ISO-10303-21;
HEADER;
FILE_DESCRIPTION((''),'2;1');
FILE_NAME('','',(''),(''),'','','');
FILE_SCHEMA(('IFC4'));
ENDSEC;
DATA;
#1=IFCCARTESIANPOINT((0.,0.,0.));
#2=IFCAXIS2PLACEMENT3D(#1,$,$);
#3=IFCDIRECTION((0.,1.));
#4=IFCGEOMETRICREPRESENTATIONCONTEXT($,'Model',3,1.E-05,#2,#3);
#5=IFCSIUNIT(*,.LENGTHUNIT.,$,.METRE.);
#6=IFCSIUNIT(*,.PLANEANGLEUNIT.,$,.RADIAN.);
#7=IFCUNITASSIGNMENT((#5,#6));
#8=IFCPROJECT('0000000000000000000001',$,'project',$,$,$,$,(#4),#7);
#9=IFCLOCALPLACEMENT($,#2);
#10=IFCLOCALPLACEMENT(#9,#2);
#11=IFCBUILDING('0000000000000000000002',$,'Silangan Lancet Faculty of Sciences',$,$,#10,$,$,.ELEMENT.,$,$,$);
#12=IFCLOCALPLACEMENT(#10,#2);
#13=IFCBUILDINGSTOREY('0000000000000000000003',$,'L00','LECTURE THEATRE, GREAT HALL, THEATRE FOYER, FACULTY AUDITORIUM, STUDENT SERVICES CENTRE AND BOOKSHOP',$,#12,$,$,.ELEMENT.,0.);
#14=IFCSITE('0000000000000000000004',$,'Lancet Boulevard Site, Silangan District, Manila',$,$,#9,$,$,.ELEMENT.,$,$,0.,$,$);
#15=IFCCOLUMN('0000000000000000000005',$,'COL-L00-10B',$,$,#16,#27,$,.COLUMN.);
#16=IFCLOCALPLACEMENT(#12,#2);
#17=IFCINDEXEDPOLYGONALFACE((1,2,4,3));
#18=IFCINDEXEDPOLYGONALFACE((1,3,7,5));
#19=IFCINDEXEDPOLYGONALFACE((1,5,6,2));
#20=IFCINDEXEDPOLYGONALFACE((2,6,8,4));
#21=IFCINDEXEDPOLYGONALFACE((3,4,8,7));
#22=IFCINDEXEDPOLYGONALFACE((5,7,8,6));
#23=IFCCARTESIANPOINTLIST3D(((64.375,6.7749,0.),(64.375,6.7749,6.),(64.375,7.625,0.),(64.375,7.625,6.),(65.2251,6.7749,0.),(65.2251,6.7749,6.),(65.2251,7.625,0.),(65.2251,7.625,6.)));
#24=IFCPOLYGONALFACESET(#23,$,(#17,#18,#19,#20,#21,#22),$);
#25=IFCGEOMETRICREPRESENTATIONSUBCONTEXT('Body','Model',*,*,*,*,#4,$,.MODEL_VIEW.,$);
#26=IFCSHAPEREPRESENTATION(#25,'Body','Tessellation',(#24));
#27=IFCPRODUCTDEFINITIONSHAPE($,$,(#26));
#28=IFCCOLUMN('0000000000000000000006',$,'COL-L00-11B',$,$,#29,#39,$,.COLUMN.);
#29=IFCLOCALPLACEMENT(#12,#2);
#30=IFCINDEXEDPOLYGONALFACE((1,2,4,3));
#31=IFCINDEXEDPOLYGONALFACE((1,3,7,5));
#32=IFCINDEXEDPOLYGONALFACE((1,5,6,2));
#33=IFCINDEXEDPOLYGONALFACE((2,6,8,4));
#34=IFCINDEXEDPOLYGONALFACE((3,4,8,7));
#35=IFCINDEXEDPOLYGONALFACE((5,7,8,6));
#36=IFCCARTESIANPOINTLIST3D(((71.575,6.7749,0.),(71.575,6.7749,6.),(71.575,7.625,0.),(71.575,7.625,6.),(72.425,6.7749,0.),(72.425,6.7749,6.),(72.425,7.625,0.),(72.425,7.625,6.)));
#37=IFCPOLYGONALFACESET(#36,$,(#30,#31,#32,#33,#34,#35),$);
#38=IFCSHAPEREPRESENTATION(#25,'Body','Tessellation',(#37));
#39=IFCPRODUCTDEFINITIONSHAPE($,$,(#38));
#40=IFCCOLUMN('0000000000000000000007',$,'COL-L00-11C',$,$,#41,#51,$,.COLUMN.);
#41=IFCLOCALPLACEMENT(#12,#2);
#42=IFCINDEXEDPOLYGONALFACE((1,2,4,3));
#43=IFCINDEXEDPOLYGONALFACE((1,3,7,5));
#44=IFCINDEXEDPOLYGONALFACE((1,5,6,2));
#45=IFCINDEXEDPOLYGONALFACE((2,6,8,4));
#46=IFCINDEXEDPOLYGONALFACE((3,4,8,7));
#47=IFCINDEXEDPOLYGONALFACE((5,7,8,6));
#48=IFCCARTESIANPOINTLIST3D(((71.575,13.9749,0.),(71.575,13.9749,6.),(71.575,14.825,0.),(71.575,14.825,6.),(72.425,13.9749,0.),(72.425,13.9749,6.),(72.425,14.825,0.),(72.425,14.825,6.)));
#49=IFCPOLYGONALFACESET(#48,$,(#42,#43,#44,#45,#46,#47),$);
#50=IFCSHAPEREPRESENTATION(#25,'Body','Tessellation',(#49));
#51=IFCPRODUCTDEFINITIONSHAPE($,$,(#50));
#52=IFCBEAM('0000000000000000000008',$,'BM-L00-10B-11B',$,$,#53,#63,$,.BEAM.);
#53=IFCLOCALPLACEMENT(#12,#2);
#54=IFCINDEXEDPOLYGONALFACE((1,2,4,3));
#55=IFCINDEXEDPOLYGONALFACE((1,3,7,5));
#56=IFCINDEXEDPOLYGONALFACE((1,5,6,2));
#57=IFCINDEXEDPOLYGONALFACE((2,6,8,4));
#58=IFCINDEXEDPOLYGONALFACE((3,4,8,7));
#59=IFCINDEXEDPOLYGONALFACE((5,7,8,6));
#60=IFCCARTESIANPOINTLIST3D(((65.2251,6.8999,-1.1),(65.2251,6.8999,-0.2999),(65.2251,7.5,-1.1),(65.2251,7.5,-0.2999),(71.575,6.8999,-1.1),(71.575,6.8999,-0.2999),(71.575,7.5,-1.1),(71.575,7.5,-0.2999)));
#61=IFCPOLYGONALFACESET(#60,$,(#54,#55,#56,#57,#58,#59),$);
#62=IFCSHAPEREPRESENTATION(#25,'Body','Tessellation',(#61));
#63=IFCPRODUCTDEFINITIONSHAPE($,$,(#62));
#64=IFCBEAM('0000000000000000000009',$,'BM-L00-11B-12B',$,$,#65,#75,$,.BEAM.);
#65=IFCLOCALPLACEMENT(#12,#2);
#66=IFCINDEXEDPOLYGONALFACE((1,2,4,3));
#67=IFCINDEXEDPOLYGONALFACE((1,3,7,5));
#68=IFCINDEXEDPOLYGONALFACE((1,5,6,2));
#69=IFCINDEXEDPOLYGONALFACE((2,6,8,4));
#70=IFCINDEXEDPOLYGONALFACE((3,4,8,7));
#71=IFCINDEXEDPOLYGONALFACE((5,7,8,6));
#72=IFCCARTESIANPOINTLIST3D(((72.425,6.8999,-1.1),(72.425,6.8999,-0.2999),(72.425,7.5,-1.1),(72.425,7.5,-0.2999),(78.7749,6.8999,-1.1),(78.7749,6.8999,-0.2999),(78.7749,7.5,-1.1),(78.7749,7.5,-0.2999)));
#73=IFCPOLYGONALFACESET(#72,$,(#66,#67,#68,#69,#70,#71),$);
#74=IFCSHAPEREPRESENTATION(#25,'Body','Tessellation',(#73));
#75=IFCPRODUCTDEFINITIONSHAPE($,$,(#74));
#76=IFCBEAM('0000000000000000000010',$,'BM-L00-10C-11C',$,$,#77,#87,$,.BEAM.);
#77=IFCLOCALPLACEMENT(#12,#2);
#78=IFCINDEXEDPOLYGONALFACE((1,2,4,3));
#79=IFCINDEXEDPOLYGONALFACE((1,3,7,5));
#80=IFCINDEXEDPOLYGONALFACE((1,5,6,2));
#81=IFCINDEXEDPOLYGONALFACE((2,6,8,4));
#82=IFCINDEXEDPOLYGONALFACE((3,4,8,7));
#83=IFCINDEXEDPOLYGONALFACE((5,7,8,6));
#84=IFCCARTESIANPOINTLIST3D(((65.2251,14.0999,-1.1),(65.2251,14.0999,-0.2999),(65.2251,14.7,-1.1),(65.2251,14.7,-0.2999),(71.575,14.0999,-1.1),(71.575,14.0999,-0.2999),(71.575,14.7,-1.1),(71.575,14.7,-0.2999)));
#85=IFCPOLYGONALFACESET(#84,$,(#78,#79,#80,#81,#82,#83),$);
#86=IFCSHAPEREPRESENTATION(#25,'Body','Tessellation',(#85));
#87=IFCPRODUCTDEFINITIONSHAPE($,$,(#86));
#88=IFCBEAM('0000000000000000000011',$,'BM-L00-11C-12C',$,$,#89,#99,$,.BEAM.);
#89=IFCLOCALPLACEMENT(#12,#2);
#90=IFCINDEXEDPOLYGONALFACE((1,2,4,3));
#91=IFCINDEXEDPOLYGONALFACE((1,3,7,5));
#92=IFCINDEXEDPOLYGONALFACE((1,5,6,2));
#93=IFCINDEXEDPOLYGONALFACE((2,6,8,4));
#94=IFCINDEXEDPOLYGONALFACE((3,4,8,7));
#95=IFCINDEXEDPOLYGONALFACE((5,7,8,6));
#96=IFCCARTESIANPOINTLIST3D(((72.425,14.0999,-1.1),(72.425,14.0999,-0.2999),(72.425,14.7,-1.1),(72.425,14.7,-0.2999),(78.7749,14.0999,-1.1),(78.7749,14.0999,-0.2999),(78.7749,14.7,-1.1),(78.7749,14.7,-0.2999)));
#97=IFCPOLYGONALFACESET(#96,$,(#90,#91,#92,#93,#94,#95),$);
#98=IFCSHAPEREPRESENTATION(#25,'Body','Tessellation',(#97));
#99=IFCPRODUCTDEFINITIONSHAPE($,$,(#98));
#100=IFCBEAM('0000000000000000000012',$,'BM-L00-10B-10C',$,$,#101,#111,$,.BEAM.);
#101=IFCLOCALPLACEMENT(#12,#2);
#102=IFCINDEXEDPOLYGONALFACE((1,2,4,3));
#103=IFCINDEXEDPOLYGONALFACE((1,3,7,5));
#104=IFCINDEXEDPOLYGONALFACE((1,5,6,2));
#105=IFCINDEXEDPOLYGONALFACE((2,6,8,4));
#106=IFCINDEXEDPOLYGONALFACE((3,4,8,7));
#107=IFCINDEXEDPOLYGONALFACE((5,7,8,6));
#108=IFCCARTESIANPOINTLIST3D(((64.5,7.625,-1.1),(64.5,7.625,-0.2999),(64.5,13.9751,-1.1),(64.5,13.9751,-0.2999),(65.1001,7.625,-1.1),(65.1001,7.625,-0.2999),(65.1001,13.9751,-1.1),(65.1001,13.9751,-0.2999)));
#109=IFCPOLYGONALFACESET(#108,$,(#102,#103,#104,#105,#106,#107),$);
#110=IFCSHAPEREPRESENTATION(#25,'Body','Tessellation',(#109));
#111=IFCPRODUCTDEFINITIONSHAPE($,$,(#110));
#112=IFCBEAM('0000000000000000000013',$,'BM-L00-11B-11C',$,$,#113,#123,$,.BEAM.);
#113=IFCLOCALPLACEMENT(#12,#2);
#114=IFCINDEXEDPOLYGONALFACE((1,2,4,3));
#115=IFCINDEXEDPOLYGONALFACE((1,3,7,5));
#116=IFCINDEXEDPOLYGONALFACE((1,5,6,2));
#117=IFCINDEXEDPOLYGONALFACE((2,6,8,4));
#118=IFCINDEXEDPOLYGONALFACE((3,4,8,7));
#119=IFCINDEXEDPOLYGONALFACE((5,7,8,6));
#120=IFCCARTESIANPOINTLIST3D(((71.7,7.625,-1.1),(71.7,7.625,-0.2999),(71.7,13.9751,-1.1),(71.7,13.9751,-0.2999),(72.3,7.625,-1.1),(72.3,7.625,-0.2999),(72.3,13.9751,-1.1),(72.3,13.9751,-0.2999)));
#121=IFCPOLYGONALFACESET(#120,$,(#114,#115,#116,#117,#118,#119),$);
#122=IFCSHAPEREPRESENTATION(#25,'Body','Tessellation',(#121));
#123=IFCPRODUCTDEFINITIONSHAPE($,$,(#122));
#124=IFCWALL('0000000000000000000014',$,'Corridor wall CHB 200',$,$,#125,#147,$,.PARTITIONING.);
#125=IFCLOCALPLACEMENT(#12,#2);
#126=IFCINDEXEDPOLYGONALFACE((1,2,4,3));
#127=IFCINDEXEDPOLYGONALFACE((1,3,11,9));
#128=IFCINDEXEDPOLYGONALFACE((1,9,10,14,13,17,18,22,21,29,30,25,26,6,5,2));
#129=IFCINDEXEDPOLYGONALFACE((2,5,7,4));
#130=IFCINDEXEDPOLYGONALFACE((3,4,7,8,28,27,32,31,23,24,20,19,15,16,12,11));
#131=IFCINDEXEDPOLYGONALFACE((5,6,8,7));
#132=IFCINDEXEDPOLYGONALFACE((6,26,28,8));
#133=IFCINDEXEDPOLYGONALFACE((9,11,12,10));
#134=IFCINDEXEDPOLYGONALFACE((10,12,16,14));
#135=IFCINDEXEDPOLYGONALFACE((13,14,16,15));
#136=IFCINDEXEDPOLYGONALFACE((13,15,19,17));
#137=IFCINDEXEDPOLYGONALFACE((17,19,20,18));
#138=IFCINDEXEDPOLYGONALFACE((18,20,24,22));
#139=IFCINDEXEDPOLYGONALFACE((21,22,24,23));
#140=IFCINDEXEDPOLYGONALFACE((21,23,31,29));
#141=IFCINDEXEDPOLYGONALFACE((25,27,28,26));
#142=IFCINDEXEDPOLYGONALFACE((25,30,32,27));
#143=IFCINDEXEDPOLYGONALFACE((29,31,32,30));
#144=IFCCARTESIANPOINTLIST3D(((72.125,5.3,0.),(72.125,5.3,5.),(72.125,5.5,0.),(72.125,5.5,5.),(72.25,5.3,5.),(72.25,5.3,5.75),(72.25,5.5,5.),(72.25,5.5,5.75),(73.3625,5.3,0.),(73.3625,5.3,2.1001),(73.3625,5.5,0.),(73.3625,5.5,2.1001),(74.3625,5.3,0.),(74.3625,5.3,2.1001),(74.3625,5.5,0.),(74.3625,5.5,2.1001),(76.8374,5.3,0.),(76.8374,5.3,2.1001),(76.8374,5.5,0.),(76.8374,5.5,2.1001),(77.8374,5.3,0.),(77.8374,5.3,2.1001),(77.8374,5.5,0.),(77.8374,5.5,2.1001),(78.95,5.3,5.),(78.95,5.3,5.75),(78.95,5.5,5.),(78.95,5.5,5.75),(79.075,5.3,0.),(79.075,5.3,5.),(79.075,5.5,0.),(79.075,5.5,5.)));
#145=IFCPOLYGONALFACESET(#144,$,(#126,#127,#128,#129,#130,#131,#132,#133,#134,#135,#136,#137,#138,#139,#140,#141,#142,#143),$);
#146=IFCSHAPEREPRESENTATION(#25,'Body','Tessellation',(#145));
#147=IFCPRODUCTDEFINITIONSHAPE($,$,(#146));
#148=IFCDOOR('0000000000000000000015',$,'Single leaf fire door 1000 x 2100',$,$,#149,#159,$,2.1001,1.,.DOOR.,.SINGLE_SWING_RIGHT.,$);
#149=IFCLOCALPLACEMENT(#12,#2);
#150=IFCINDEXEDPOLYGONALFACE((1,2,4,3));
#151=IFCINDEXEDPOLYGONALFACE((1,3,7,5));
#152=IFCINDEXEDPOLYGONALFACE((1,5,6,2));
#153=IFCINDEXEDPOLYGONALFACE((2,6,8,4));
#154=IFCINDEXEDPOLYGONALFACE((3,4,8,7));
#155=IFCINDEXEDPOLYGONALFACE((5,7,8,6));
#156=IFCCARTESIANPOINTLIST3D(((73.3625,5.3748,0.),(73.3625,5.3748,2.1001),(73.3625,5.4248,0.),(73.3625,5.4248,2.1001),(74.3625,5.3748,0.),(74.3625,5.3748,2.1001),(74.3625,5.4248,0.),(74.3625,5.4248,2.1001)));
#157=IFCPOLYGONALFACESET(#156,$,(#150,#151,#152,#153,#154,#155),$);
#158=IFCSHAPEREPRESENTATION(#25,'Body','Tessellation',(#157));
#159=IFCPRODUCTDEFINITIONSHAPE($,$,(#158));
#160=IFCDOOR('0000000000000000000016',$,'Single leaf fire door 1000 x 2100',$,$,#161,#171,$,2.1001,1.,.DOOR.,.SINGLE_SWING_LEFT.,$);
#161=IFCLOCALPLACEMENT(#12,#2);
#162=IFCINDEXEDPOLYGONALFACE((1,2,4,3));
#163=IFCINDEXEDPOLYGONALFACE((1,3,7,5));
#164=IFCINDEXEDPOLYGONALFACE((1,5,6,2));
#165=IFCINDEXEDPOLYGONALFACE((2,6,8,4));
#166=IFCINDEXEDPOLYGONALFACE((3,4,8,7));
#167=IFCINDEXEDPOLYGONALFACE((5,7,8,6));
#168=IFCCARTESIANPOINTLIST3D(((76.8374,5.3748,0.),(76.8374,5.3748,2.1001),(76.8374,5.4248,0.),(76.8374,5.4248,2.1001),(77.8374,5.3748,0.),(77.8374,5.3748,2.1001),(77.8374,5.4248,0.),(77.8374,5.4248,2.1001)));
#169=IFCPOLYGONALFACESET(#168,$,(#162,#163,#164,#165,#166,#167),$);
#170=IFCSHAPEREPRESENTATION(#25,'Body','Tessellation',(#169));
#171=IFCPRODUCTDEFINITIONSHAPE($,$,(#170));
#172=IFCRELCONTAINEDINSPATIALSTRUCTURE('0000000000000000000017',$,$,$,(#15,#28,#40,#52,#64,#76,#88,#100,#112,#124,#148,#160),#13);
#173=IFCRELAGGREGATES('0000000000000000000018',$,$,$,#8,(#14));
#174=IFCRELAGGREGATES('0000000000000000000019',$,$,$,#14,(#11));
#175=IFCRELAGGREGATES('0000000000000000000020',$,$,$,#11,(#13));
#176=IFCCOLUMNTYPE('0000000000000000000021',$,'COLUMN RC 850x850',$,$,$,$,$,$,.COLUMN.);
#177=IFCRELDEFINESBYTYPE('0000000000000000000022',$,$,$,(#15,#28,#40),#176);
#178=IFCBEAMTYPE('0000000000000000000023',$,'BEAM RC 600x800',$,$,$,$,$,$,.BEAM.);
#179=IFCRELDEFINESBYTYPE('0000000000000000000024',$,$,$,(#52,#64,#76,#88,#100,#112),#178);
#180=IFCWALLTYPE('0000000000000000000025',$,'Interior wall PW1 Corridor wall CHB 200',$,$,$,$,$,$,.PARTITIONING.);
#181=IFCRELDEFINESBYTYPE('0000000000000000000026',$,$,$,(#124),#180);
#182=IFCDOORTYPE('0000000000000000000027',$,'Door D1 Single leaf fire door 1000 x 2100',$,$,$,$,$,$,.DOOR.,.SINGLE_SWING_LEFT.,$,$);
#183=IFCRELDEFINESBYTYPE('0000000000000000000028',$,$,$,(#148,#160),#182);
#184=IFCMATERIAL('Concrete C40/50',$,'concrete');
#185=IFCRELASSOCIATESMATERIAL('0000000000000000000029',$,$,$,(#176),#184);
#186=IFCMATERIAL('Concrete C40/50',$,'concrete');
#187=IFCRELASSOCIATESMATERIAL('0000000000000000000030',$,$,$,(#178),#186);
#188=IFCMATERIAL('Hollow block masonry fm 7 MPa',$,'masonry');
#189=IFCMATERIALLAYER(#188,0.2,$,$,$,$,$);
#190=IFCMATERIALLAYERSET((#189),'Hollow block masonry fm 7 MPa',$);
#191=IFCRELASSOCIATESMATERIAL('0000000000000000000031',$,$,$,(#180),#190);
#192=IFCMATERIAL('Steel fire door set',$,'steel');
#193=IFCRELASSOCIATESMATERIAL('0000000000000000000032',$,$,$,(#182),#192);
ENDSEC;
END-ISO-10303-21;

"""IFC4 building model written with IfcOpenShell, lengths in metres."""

from ifc_helpers import new_model, si_unit, direction, frame, frame_2d, origin, origin_2d, place, context, subcontext, project, spatial, polyline, rectangle, outline, extrude, material, layer, layer_set, material_profile, profile_set, type_object, element, fill, save


model = new_model("IFC4")

# Units and contexts
model_context = context("Model", 3, precision=1e-05, world=origin(), true_north=direction((0.0, 1.0)))
body_context = subcontext(model_context, "Body", "Model", "MODEL_VIEW")
ifc_project = project(units=[si_unit("LENGTHUNIT", "METRE"), si_unit("PLANEANGLEUNIT", "RADIAN")], contexts=[model_context])

# Site, building, storey
site_placement = place(None, origin())
site = spatial("IfcSite", under=ifc_project, at=site_placement, Name="Lancet Boulevard Site, Silangan District, Manila", CompositionType="ELEMENT", RefElevation=0.0)
building_placement = place(site_placement, origin())
building = spatial("IfcBuilding", under=site, at=building_placement, Name="Silangan Lancet Faculty of Sciences", CompositionType="ELEMENT")
storey_placement = place(building_placement, origin())
storey = spatial("IfcBuildingStorey", under=building, at=storey_placement, Name="L00", Description="LECTURE THEATRE, GREAT HALL, THEATRE FOYER, FACULTY AUDITORIUM, STUDENT SERVICES CENTRE AND BOOKSHOP", CompositionType="ELEMENT", Elevation=0.0)

# Columns
ifc_material_1 = material(Name="Concrete C40/50", Category="concrete")
ifc_material_profile_1 = material_profile(ifc_material_1, rectangle(XDim=0.8501, YDim=0.8501, at=origin_2d()), Name="RC 850x850")
ifc_profile_set_1 = profile_set([ifc_material_profile_1], Name="Concrete C40/50")
column_type = type_object("IfcColumnType", Name="COLUMN RC 850x850", PredefinedType="COLUMN", material=ifc_profile_set_1)
for number, where, z_axis, x_axis, name in (
    (1, (64.8, 7.2, 0.0), (0.0, 0.0, 1.0), (1.0, 0.0, 0.0), "COL-L00-10B"),
    (2, (72.0, 7.2, 0.0), (0.0, 0.0, 1.0), (1.0, 0.0, 0.0), "COL-L00-11B"),
    (3, (72.0, 14.3999, 0.0), (0.0, 0.0, 1.0), (1.0, 0.0, 0.0), "COL-L00-11C"),
):
    element("IfcColumn", number, at=place(storey_placement, frame(where, z_axis=z_axis, x_axis=x_axis)), inside=storey, type_object=column_type, Name=name, PredefinedType="COLUMN", context=body_context, shape_type="SweptSolid", body=[
        extrude(rectangle(XDim=0.8501, YDim=0.8501, at=origin_2d()), origin(), (0.0, 0.0, 1.0), 6.0),
    ])

# Beams
ifc_material_2 = material(Name="Concrete C40/50", Category="concrete")
ifc_material_profile_2 = material_profile(ifc_material_2, rectangle(XDim=0.6001, YDim=0.8, at=origin_2d()), Name="RC 600x800")
ifc_profile_set_2 = profile_set([ifc_material_profile_2], Name="Concrete C40/50")
beam_type = type_object("IfcBeamType", Name="BEAM RC 600x800", PredefinedType="BEAM", material=ifc_profile_set_2)
for number, where, z_axis, x_axis, name in (
    (4, (65.2251, 7.2, -0.7), (1.0, 0.0, 0.0), (0.0, 1.0, 0.0), "BM-L00-10B-11B"),
    (5, (72.425, 7.2, -0.7), (1.0, 0.0, 0.0), (0.0, 1.0, 0.0), "BM-L00-11B-12B"),
    (6, (65.2251, 14.3999, -0.7), (1.0, 0.0, 0.0), (0.0, 1.0, 0.0), "BM-L00-10C-11C"),
    (7, (72.425, 14.3999, -0.7), (1.0, 0.0, 0.0), (0.0, 1.0, 0.0), "BM-L00-11C-12C"),
):
    element("IfcBeam", number, at=place(storey_placement, frame(where, z_axis=z_axis, x_axis=x_axis)), inside=storey, type_object=beam_type, Name=name, PredefinedType="BEAM", context=body_context, shape_type="SweptSolid", body=[
        extrude(rectangle(XDim=0.6001, YDim=0.8, at=origin_2d()), origin(), (0.0, 0.0, 1.0), 6.3499),
    ])
for number, where, z_axis, x_axis, name in (
    (8, (64.8, 7.625, -0.7), (0.0, 1.0, 0.0), (-1.0, 0.0, 0.0), "BM-L00-10B-10C"),
    (9, (72.0, 7.625, -0.7), (0.0, 1.0, 0.0), (-1.0, 0.0, 0.0), "BM-L00-11B-11C"),
):
    element("IfcBeam", number, at=place(storey_placement, frame(where, z_axis=z_axis, x_axis=x_axis)), inside=storey, type_object=beam_type, Name=name, PredefinedType="BEAM", context=body_context, shape_type="SweptSolid", body=[
        extrude(rectangle(XDim=0.6001, YDim=0.8, at=origin_2d()), origin(), (0.0, 0.0, 1.0), 6.3501),
    ])

# Wall, openings, doors
ifc_material_3 = material(Name="Hollow block masonry fm 7 MPa", Category="masonry")
ifc_layer_1 = layer(ifc_material_3, 0.2)
ifc_layer_set_1 = layer_set([ifc_layer_1], Name="Hollow block masonry fm 7 MPa")
wall_type_1 = type_object("IfcWallType", Name="Interior wall PW1 Corridor wall CHB 200", PredefinedType="PARTITIONING", material=ifc_layer_set_1)
wall_1_placement = place(storey_placement, frame((72.125, 5.3999, 0.0), z_axis=(0.0, 0.0, 1.0), x_axis=(1.0, 0.0, 0.0)))
wall_1 = element("IfcWall", 10, at=wall_1_placement, inside=storey, type_object=wall_type_1, Name="Corridor wall CHB 200", PredefinedType="PARTITIONING", context=body_context, shape_type="SweptSolid", body=[
    extrude(outline(polyline([(0.0, 0.0), (6.95, 0.0), (6.95, 5.0), (6.825, 5.0), (6.825, 5.75), (0.125, 5.75), (0.125, 5.0), (0.0, 5.0), (0.0, 0.0)])), frame((0.0, 0.1001, 0.0), z_axis=(0.0, -1.0, 0.0), x_axis=(1.0, 0.0, 0.0)), (0.0, 0.0, 1.0), 0.2),
])
opening_1_placement = place(wall_1_placement, frame((1.2375, 0.0, 0.0)))
opening_1 = element("IfcOpeningElement", 11, at=opening_1_placement, cuts=wall_1, PredefinedType="OPENING", context=body_context, shape_type="SweptSolid", body=[
    extrude(rectangle(XDim=1.0, YDim=2.1001, at=frame_2d((0.5, 1.05))), frame((0.0, 0.1099, 0.0), z_axis=(0.0, -1.0, 0.0), x_axis=(1.0, 0.0, 0.0)), (0.0, 0.0, 1.0), 0.22),
])
opening_2_placement = place(wall_1_placement, frame((4.7124, 0.0, 0.0)))
opening_2 = element("IfcOpeningElement", 12, at=opening_2_placement, cuts=wall_1, PredefinedType="OPENING", context=body_context, shape_type="SweptSolid", body=[
    extrude(rectangle(XDim=1.0, YDim=2.1001, at=frame_2d((0.5, 1.05))), frame((0.0, 0.1099, 0.0), z_axis=(0.0, -1.0, 0.0), x_axis=(1.0, 0.0, 0.0)), (0.0, 0.0, 1.0), 0.22),
])
ifc_material_4 = material(Name="Steel fire door set", Category="steel")
door_type = type_object("IfcDoorType", Name="Door D1 Single leaf fire door 1000 x 2100", OperationType="SINGLE_SWING_LEFT", PredefinedType="DOOR", material=ifc_material_4)
door_1_placement = place(opening_1_placement, frame((1.0, 0.0, 0.0), z_axis=(0.0, 0.0, 1.0), x_axis=(-1.0, 0.0, 0.0)))
door_1 = element("IfcDoor", 13, at=door_1_placement, inside=storey, type_object=door_type, Name="Single leaf fire door 1000 x 2100", OperationType="SINGLE_SWING_RIGHT", OverallHeight=2.1001, OverallWidth=1.0, PredefinedType="DOOR", context=body_context, shape_type="SweptSolid", body=[
    extrude(rectangle(XDim=1.0, YDim=2.1001, at=frame_2d((0.5, 1.05))), frame((0.0, 0.0251, 0.0), z_axis=(0.0, -1.0, 0.0), x_axis=(1.0, 0.0, 0.0)), (0.0, 0.0, 1.0), 0.05),
])
fill(opening_1, door_1)
door_2_placement = place(opening_2_placement, frame((1.0, 0.0, 0.0), z_axis=(0.0, 0.0, 1.0), x_axis=(-1.0, 0.0, 0.0)))
door_2 = element("IfcDoor", 14, at=door_2_placement, inside=storey, type_object=door_type, Name="Single leaf fire door 1000 x 2100", OperationType="SINGLE_SWING_LEFT", OverallHeight=2.1001, OverallWidth=1.0, PredefinedType="DOOR", context=body_context, shape_type="SweptSolid", body=[
    extrude(rectangle(XDim=1.0, YDim=2.1001, at=frame_2d((0.5, 1.05))), frame((0.0, 0.0251, 0.0), z_axis=(0.0, -1.0, 0.0), x_axis=(1.0, 0.0, 0.0)), (0.0, 0.0, 1.0), 0.05),
])
fill(opening_2, door_2)

save(model, "model.ifc")
